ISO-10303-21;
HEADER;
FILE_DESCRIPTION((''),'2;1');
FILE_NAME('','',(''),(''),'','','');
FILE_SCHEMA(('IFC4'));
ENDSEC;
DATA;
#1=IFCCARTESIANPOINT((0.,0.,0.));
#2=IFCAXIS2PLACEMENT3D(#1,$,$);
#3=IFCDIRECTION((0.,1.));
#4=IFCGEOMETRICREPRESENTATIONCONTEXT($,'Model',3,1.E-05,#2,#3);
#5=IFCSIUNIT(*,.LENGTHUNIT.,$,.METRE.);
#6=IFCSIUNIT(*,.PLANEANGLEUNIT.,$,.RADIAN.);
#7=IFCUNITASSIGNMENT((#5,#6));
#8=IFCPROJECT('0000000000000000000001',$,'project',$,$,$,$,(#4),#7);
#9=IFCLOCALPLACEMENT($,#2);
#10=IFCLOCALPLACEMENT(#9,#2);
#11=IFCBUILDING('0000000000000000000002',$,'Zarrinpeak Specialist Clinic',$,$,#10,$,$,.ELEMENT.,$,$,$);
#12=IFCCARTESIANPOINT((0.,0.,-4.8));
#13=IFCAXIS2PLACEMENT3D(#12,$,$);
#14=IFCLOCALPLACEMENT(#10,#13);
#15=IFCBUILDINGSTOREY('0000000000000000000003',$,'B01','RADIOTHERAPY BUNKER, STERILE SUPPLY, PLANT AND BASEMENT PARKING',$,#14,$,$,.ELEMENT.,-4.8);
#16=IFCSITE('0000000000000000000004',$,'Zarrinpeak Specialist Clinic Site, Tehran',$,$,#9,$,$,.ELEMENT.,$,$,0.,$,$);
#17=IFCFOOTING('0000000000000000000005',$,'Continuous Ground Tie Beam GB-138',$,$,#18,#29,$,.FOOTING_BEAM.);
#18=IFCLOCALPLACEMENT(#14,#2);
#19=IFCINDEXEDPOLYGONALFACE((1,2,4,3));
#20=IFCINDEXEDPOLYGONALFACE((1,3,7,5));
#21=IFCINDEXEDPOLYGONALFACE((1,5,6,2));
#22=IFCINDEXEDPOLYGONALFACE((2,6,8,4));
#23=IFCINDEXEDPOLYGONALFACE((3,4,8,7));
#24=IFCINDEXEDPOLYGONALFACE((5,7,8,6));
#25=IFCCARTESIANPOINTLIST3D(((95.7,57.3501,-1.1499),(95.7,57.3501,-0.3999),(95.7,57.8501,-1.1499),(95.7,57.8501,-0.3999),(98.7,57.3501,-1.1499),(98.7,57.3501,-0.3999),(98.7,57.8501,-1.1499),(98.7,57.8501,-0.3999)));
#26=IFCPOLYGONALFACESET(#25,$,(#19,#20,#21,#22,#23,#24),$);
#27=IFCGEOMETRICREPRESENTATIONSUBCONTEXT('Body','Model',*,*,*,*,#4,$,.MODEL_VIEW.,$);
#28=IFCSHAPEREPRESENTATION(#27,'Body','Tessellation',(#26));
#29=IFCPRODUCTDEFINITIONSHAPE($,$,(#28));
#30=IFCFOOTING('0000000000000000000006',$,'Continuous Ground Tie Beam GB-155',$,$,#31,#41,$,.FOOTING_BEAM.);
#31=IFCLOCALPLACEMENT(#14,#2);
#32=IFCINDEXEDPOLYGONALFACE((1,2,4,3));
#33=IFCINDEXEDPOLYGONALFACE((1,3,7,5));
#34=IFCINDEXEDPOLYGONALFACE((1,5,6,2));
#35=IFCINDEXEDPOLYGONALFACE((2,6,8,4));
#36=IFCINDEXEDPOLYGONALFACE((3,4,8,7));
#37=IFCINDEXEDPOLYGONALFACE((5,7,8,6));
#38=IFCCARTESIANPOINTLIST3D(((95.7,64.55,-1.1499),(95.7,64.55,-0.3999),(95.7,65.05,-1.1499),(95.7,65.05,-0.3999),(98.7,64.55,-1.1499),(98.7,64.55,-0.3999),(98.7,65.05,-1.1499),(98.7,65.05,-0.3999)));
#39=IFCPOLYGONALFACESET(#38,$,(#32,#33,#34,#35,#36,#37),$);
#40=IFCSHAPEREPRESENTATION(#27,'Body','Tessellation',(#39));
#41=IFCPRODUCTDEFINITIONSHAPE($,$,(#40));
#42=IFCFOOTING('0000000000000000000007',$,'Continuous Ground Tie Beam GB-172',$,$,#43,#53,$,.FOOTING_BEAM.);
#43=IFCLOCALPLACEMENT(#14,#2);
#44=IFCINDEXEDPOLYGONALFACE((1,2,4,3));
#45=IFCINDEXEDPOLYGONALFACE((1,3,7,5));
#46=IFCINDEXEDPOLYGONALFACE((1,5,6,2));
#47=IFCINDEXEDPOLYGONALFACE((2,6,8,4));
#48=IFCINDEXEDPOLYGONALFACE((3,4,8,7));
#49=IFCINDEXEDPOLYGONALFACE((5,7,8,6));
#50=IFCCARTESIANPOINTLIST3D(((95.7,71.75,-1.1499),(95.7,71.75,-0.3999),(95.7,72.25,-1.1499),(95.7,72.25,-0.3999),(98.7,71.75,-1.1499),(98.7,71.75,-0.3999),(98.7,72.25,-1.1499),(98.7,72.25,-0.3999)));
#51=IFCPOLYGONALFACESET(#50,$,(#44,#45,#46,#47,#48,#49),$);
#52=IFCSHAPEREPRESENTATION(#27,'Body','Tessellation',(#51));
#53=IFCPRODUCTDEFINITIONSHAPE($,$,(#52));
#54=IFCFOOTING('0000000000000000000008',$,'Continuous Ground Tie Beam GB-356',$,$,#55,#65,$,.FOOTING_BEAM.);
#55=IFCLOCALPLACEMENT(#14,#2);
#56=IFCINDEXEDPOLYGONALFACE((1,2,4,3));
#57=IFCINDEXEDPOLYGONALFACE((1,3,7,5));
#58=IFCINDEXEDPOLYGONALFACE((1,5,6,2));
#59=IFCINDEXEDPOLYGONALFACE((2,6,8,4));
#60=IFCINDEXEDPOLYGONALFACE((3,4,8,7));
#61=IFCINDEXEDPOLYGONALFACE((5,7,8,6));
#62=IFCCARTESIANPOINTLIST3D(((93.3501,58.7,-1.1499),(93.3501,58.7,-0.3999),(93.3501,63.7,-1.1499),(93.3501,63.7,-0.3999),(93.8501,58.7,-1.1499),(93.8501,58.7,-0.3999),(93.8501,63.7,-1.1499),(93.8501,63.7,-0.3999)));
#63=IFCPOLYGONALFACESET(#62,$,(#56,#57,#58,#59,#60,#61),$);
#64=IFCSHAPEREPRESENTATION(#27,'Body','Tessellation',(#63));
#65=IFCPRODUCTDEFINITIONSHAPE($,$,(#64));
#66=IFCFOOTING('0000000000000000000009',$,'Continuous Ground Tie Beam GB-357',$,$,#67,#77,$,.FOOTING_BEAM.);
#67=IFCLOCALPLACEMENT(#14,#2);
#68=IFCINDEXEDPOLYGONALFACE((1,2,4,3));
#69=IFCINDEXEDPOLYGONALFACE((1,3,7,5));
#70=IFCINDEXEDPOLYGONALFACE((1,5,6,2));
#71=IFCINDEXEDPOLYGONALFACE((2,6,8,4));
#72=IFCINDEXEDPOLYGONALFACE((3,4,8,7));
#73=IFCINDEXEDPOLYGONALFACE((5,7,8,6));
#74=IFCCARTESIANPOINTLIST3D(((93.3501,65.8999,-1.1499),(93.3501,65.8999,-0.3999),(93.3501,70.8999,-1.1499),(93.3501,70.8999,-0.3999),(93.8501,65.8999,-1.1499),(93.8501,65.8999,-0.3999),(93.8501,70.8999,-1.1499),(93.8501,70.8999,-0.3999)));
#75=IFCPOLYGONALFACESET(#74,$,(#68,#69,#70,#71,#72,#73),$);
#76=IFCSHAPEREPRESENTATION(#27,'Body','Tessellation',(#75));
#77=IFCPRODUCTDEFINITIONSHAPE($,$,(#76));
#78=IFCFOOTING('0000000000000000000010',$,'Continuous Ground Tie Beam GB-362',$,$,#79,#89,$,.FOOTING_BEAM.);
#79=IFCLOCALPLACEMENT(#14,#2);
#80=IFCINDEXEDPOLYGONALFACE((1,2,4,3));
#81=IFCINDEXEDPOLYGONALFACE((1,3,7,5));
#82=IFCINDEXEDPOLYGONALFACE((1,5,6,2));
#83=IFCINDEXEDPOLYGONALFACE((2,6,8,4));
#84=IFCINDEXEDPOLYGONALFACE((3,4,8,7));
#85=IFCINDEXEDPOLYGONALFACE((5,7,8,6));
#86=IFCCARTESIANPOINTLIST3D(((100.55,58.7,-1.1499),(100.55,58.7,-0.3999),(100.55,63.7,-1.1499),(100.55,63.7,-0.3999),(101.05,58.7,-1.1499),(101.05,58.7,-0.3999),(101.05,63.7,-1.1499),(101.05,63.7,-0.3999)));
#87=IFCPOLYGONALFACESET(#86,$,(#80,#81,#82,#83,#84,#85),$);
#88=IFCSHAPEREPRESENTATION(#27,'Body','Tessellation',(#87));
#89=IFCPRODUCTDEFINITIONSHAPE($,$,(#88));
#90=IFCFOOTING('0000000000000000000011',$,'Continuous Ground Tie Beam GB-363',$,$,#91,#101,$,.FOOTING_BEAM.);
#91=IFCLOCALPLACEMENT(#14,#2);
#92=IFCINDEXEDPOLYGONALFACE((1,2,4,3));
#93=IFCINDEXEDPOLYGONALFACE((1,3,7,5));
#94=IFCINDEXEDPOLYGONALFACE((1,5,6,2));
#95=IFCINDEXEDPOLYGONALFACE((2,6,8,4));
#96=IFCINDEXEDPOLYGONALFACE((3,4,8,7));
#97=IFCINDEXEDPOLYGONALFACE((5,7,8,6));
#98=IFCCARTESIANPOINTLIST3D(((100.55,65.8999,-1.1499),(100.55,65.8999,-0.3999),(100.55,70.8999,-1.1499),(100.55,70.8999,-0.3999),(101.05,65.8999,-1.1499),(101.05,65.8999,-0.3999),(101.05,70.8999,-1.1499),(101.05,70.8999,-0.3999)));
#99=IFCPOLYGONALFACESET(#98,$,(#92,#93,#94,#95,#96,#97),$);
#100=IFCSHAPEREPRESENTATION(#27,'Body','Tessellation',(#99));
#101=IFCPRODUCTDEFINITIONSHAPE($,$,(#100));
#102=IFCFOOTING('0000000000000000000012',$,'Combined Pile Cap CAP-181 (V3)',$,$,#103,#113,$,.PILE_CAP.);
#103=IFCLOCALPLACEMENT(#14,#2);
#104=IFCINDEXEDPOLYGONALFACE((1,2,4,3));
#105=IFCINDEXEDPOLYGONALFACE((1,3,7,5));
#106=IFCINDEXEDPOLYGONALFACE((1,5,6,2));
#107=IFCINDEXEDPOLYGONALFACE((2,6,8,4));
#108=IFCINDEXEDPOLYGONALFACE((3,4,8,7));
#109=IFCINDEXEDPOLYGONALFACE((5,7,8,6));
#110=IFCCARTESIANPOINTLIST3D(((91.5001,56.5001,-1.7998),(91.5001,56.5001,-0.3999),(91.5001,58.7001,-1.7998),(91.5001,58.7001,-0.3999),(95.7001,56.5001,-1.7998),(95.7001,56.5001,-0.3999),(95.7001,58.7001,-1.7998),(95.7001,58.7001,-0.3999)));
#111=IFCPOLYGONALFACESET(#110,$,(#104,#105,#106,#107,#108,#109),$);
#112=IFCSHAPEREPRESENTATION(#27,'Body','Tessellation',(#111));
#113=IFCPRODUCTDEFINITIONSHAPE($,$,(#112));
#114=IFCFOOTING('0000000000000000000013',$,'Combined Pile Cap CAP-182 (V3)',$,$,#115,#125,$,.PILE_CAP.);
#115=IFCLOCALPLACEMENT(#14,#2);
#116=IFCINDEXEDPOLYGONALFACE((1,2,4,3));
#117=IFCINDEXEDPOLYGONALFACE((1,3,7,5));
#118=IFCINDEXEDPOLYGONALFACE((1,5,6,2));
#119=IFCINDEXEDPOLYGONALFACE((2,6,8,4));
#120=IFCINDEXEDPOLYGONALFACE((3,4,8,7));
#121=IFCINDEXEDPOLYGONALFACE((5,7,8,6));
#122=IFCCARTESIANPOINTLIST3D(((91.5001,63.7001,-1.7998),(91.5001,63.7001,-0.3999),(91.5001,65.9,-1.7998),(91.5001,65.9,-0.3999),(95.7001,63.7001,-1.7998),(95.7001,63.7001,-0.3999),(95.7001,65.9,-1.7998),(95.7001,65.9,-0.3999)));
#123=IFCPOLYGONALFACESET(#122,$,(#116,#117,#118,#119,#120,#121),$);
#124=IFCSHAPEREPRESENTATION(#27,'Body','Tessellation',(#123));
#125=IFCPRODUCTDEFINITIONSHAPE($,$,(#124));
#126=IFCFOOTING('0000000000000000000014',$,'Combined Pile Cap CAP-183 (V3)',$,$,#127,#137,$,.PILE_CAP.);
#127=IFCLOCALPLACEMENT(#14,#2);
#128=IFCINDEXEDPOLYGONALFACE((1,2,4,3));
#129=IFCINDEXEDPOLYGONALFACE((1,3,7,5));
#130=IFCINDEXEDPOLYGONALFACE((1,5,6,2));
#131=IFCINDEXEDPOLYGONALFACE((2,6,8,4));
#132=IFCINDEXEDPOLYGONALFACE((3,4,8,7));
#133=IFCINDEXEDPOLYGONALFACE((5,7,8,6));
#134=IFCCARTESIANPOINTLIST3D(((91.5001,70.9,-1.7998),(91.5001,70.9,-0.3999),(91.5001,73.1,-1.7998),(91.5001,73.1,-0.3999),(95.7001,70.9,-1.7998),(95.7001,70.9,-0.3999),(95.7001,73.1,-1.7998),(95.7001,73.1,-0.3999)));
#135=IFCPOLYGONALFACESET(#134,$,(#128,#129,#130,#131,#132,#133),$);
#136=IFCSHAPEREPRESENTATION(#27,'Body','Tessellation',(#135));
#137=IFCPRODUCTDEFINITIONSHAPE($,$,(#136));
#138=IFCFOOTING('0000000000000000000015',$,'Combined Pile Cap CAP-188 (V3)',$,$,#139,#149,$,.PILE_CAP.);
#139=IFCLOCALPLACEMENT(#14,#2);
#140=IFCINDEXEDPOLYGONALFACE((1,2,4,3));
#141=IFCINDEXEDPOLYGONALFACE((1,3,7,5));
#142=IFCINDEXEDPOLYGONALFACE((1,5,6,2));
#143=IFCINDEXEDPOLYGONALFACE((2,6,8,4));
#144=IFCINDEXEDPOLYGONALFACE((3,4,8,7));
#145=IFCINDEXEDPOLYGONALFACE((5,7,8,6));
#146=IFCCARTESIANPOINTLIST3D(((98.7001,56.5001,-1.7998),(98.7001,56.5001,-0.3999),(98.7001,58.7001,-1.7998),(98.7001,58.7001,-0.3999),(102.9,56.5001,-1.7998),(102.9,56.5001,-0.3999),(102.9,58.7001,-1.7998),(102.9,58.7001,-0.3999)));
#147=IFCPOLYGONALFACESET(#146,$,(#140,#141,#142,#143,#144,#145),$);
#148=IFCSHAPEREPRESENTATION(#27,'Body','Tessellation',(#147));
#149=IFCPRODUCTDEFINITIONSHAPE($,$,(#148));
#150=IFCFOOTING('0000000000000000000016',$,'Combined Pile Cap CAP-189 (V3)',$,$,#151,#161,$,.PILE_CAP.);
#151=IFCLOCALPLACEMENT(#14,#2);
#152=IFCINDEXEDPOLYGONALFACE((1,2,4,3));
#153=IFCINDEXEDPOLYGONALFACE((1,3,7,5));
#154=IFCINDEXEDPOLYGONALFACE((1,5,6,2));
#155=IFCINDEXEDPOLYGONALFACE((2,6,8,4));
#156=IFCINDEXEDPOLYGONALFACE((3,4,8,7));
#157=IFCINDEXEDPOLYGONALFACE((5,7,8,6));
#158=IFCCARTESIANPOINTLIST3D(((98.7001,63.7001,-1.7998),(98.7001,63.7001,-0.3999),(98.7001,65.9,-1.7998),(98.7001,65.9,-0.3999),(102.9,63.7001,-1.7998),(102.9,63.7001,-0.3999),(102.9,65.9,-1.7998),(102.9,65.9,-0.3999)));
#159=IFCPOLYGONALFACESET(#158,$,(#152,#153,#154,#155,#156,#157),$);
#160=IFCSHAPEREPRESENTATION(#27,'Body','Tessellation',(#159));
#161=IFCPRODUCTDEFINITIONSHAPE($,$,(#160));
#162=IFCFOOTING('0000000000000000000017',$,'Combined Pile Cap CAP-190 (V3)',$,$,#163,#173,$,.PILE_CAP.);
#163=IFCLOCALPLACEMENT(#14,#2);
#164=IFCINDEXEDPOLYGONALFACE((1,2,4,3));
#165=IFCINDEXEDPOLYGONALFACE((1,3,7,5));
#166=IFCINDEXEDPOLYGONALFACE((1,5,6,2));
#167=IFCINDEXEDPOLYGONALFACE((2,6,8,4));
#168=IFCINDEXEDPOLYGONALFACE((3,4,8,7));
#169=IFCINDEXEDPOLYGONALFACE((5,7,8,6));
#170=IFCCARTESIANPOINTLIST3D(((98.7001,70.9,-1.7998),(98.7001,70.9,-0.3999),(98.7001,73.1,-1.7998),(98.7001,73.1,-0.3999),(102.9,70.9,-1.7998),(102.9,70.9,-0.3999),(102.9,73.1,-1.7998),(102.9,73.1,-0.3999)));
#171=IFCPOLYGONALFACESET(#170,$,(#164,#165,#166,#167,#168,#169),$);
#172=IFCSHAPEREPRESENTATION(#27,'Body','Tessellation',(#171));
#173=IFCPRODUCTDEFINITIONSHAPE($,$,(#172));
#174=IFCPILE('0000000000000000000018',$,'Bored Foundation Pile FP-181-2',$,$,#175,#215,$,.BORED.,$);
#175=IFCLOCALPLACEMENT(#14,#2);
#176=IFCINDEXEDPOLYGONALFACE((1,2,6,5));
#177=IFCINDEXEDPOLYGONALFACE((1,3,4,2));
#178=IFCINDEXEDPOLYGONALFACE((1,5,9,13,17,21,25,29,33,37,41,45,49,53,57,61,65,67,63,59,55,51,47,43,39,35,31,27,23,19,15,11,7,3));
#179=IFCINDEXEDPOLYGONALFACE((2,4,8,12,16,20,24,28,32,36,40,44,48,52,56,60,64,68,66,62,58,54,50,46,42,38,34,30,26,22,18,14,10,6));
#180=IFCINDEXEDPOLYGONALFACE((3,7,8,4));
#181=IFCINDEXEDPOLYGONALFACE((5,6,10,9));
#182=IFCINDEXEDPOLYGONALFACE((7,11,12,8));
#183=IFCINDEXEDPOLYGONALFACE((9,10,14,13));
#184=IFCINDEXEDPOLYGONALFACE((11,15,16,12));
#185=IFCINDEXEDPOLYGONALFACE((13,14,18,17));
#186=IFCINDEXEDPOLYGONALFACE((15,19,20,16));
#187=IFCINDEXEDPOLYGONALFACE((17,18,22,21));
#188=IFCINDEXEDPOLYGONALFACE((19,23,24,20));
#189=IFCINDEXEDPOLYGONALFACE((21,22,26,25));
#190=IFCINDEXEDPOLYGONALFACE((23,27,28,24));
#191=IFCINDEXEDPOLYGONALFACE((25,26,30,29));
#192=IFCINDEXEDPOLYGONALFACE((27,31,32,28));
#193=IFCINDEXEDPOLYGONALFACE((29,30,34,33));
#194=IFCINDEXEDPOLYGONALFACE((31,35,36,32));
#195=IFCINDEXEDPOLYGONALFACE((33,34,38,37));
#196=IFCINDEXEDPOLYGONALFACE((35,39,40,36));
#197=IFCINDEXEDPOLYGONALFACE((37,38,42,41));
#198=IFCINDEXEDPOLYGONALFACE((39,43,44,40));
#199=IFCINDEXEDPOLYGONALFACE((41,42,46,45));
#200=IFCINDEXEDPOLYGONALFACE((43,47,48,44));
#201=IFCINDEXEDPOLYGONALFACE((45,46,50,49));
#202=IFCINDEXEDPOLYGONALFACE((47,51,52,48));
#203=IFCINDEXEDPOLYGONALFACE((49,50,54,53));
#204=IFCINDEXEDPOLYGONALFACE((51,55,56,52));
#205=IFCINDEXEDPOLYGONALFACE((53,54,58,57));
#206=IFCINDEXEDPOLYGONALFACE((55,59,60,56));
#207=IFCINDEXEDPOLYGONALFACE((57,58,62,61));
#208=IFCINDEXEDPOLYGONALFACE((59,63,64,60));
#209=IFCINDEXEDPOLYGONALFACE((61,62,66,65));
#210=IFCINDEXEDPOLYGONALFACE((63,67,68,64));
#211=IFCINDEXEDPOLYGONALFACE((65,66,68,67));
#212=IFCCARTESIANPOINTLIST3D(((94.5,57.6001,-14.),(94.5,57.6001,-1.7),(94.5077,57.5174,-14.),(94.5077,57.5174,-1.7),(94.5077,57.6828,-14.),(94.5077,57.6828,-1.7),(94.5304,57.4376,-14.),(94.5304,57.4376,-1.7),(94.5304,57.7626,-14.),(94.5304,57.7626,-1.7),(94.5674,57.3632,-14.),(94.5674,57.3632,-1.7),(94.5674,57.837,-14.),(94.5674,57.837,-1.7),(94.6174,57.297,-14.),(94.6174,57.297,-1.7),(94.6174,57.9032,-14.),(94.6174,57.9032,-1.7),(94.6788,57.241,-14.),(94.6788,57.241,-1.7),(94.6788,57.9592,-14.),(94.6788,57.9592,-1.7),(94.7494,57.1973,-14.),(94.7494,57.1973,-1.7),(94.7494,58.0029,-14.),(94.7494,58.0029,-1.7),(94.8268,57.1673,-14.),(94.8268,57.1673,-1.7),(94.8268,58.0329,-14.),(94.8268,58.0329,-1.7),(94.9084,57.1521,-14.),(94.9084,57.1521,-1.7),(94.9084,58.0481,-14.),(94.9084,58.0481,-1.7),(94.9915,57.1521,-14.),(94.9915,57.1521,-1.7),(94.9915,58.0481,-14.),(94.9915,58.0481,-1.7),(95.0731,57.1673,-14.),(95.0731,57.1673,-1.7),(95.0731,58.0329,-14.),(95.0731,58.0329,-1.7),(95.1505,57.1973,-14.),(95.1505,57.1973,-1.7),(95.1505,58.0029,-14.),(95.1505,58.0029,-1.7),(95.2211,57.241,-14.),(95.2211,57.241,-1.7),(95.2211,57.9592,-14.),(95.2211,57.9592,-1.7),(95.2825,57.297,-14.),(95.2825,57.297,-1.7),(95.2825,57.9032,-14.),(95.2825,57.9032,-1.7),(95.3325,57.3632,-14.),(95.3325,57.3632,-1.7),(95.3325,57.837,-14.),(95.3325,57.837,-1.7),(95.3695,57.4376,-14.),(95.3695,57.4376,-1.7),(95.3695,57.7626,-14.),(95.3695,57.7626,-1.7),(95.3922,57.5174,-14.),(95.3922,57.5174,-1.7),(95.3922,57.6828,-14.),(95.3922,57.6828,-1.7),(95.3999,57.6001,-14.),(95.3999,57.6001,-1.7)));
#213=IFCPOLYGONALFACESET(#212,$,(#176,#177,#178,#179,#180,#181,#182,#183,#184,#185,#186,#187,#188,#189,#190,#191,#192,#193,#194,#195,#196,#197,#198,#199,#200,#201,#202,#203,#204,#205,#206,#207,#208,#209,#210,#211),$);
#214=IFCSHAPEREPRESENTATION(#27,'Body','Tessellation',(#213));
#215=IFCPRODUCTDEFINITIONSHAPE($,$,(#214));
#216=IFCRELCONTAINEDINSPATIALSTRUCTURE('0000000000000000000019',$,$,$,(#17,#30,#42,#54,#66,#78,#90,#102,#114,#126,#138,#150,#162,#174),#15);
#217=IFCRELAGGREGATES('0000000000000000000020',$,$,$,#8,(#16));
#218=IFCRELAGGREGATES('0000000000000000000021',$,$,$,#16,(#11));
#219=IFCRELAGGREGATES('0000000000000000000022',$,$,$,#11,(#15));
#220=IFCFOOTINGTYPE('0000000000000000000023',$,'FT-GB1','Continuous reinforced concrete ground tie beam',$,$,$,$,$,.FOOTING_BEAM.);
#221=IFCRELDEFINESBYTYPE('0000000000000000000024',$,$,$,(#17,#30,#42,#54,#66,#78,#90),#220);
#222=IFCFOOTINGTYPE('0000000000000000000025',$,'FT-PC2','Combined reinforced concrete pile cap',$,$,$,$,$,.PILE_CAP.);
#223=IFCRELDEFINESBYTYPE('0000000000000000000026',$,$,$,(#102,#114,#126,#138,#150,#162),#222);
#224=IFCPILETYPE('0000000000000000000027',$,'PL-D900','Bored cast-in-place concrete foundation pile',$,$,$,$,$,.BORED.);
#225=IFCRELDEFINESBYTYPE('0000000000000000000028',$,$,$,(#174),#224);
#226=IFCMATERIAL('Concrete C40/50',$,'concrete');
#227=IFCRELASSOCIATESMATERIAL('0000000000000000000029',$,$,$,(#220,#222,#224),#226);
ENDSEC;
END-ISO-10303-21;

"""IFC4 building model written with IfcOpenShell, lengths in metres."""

from ifc_helpers import new_model, si_unit, direction, frame, origin, origin_2d, place, context, subcontext, project, spatial, rectangle, circle, extrude, material, material_profile, profile_set, type_object, element, save


model = new_model("IFC4")

# Units and contexts
model_context = context("Model", 3, precision=1e-05, world=origin(), true_north=direction((0.0, 1.0)))
body_context = subcontext(model_context, "Body", "Model", "MODEL_VIEW")
ifc_project = project(units=[si_unit("LENGTHUNIT", "METRE"), si_unit("PLANEANGLEUNIT", "RADIAN")], contexts=[model_context])

# Site, building, storey
site_placement = place(None, origin())
site = spatial("IfcSite", under=ifc_project, at=site_placement, Name="Zarrinpeak Specialist Clinic Site, Tehran", CompositionType="ELEMENT", RefElevation=0.0)
building_placement = place(site_placement, origin())
building = spatial("IfcBuilding", under=site, at=building_placement, Name="Zarrinpeak Specialist Clinic", CompositionType="ELEMENT")
storey_placement = place(building_placement, frame((0.0, 0.0, -4.8)))
storey = spatial("IfcBuildingStorey", under=building, at=storey_placement, Name="B01", Description="RADIOTHERAPY BUNKER, STERILE SUPPLY, PLANT AND BASEMENT PARKING", CompositionType="ELEMENT", Elevation=-4.8)

# Footings
ifc_material = material(Name="Concrete C40/50", Category="concrete")
ifc_material_profile_1 = material_profile(ifc_material, rectangle(XDim=0.5, YDim=0.75, at=origin_2d()), Name="RC 500x750")
ifc_profile_set_1 = profile_set([ifc_material_profile_1], Name="Concrete C40/50")
footing_type_1 = type_object("IfcFootingType", Name="FT-GB1", Description="Continuous reinforced concrete ground tie beam", PredefinedType="FOOTING_BEAM", material=ifc_profile_set_1)
for number, where, z_axis, x_axis, name in (
    (1, (95.7, 57.6001, -0.7749), (1.0, 0.0, 0.0), (0.0, 1.0, 0.0), "Continuous Ground Tie Beam GB-138"),
    (2, (95.7, 64.8, -0.7749), (1.0, 0.0, 0.0), (0.0, 1.0, 0.0), "Continuous Ground Tie Beam GB-155"),
    (3, (95.7, 72.0, -0.7749), (1.0, 0.0, 0.0), (0.0, 1.0, 0.0), "Continuous Ground Tie Beam GB-172"),
):
    element("IfcFooting", number, at=place(storey_placement, frame(where, z_axis=z_axis, x_axis=x_axis)), inside=storey, type_object=footing_type_1, Name=name, PredefinedType="FOOTING_BEAM", context=body_context, shape_type="SweptSolid", body=[
        extrude(rectangle(XDim=0.5, YDim=0.75, at=origin_2d()), origin(), (0.0, 0.0, 1.0), 3.0),
    ])
for number, where, z_axis, x_axis, name in (
    (4, (93.6001, 58.7, -0.7749), (0.0, 1.0, 0.0), (-1.0, 0.0, 0.0), "Continuous Ground Tie Beam GB-356"),
    (5, (93.6001, 65.8999, -0.7749), (0.0, 1.0, 0.0), (-1.0, 0.0, 0.0), "Continuous Ground Tie Beam GB-357"),
    (6, (100.8, 58.7, -0.7749), (0.0, 1.0, 0.0), (-1.0, 0.0, 0.0), "Continuous Ground Tie Beam GB-362"),
    (7, (100.8, 65.8999, -0.7749), (0.0, 1.0, 0.0), (-1.0, 0.0, 0.0), "Continuous Ground Tie Beam GB-363"),
):
    element("IfcFooting", number, at=place(storey_placement, frame(where, z_axis=z_axis, x_axis=x_axis)), inside=storey, type_object=footing_type_1, Name=name, PredefinedType="FOOTING_BEAM", context=body_context, shape_type="SweptSolid", body=[
        extrude(rectangle(XDim=0.5, YDim=0.75, at=origin_2d()), origin(), (0.0, 0.0, 1.0), 5.0),
    ])
footing_type_2 = type_object("IfcFootingType", Name="FT-PC2", Description="Combined reinforced concrete pile cap", PredefinedType="PILE_CAP", material=ifc_material)
for number, where, z_axis, x_axis, name in (
    (8, (93.6001, 57.6001, -1.7998), (0.0, 0.0, 1.0), (1.0, 0.0, 0.0), "Combined Pile Cap CAP-181 (V3)"),
    (9, (93.6001, 64.8, -1.7998), (0.0, 0.0, 1.0), (1.0, 0.0, 0.0), "Combined Pile Cap CAP-182 (V3)"),
    (10, (93.6001, 72.0, -1.7998), (0.0, 0.0, 1.0), (1.0, 0.0, 0.0), "Combined Pile Cap CAP-183 (V3)"),
    (11, (100.8, 57.6001, -1.7998), (0.0, 0.0, 1.0), (1.0, 0.0, 0.0), "Combined Pile Cap CAP-188 (V3)"),
    (12, (100.8, 64.8, -1.7998), (0.0, 0.0, 1.0), (1.0, 0.0, 0.0), "Combined Pile Cap CAP-189 (V3)"),
    (13, (100.8, 72.0, -1.7998), (0.0, 0.0, 1.0), (1.0, 0.0, 0.0), "Combined Pile Cap CAP-190 (V3)"),
):
    element("IfcFooting", number, at=place(storey_placement, frame(where, z_axis=z_axis, x_axis=x_axis)), inside=storey, type_object=footing_type_2, Name=name, PredefinedType="PILE_CAP", context=body_context, shape_type="SweptSolid", body=[
        extrude(rectangle(XDim=4.2, YDim=2.2, at=origin_2d()), origin(), (0.0, 0.0, 1.0), 1.3999),
    ])

# Pile
ifc_material_profile_2 = material_profile(ifc_material, circle(Radius=0.45, at=origin_2d()), Name="BORED PILE D900")
ifc_profile_set_2 = profile_set([ifc_material_profile_2], Name="Concrete C40/50")
pile_type = type_object("IfcPileType", Name="PL-D900", Description="Bored cast-in-place concrete foundation pile", PredefinedType="BORED", material=ifc_profile_set_2)
for number, where, z_axis, x_axis, name in (
    (14, (94.95, 57.6001, -1.7), (0.0, 0.0, -1.0), (1.0, 0.0, 0.0), "Bored Foundation Pile FP-181-2"),
):
    element("IfcPile", number, at=place(storey_placement, frame(where, z_axis=z_axis, x_axis=x_axis)), inside=storey, type_object=pile_type, Name=name, PredefinedType="BORED", context=body_context, shape_type="SweptSolid", body=[
        extrude(circle(Radius=0.45, at=origin_2d()), origin(), (0.0, 0.0, 1.0), 12.3),
    ])

save(model, "model.ifc")
